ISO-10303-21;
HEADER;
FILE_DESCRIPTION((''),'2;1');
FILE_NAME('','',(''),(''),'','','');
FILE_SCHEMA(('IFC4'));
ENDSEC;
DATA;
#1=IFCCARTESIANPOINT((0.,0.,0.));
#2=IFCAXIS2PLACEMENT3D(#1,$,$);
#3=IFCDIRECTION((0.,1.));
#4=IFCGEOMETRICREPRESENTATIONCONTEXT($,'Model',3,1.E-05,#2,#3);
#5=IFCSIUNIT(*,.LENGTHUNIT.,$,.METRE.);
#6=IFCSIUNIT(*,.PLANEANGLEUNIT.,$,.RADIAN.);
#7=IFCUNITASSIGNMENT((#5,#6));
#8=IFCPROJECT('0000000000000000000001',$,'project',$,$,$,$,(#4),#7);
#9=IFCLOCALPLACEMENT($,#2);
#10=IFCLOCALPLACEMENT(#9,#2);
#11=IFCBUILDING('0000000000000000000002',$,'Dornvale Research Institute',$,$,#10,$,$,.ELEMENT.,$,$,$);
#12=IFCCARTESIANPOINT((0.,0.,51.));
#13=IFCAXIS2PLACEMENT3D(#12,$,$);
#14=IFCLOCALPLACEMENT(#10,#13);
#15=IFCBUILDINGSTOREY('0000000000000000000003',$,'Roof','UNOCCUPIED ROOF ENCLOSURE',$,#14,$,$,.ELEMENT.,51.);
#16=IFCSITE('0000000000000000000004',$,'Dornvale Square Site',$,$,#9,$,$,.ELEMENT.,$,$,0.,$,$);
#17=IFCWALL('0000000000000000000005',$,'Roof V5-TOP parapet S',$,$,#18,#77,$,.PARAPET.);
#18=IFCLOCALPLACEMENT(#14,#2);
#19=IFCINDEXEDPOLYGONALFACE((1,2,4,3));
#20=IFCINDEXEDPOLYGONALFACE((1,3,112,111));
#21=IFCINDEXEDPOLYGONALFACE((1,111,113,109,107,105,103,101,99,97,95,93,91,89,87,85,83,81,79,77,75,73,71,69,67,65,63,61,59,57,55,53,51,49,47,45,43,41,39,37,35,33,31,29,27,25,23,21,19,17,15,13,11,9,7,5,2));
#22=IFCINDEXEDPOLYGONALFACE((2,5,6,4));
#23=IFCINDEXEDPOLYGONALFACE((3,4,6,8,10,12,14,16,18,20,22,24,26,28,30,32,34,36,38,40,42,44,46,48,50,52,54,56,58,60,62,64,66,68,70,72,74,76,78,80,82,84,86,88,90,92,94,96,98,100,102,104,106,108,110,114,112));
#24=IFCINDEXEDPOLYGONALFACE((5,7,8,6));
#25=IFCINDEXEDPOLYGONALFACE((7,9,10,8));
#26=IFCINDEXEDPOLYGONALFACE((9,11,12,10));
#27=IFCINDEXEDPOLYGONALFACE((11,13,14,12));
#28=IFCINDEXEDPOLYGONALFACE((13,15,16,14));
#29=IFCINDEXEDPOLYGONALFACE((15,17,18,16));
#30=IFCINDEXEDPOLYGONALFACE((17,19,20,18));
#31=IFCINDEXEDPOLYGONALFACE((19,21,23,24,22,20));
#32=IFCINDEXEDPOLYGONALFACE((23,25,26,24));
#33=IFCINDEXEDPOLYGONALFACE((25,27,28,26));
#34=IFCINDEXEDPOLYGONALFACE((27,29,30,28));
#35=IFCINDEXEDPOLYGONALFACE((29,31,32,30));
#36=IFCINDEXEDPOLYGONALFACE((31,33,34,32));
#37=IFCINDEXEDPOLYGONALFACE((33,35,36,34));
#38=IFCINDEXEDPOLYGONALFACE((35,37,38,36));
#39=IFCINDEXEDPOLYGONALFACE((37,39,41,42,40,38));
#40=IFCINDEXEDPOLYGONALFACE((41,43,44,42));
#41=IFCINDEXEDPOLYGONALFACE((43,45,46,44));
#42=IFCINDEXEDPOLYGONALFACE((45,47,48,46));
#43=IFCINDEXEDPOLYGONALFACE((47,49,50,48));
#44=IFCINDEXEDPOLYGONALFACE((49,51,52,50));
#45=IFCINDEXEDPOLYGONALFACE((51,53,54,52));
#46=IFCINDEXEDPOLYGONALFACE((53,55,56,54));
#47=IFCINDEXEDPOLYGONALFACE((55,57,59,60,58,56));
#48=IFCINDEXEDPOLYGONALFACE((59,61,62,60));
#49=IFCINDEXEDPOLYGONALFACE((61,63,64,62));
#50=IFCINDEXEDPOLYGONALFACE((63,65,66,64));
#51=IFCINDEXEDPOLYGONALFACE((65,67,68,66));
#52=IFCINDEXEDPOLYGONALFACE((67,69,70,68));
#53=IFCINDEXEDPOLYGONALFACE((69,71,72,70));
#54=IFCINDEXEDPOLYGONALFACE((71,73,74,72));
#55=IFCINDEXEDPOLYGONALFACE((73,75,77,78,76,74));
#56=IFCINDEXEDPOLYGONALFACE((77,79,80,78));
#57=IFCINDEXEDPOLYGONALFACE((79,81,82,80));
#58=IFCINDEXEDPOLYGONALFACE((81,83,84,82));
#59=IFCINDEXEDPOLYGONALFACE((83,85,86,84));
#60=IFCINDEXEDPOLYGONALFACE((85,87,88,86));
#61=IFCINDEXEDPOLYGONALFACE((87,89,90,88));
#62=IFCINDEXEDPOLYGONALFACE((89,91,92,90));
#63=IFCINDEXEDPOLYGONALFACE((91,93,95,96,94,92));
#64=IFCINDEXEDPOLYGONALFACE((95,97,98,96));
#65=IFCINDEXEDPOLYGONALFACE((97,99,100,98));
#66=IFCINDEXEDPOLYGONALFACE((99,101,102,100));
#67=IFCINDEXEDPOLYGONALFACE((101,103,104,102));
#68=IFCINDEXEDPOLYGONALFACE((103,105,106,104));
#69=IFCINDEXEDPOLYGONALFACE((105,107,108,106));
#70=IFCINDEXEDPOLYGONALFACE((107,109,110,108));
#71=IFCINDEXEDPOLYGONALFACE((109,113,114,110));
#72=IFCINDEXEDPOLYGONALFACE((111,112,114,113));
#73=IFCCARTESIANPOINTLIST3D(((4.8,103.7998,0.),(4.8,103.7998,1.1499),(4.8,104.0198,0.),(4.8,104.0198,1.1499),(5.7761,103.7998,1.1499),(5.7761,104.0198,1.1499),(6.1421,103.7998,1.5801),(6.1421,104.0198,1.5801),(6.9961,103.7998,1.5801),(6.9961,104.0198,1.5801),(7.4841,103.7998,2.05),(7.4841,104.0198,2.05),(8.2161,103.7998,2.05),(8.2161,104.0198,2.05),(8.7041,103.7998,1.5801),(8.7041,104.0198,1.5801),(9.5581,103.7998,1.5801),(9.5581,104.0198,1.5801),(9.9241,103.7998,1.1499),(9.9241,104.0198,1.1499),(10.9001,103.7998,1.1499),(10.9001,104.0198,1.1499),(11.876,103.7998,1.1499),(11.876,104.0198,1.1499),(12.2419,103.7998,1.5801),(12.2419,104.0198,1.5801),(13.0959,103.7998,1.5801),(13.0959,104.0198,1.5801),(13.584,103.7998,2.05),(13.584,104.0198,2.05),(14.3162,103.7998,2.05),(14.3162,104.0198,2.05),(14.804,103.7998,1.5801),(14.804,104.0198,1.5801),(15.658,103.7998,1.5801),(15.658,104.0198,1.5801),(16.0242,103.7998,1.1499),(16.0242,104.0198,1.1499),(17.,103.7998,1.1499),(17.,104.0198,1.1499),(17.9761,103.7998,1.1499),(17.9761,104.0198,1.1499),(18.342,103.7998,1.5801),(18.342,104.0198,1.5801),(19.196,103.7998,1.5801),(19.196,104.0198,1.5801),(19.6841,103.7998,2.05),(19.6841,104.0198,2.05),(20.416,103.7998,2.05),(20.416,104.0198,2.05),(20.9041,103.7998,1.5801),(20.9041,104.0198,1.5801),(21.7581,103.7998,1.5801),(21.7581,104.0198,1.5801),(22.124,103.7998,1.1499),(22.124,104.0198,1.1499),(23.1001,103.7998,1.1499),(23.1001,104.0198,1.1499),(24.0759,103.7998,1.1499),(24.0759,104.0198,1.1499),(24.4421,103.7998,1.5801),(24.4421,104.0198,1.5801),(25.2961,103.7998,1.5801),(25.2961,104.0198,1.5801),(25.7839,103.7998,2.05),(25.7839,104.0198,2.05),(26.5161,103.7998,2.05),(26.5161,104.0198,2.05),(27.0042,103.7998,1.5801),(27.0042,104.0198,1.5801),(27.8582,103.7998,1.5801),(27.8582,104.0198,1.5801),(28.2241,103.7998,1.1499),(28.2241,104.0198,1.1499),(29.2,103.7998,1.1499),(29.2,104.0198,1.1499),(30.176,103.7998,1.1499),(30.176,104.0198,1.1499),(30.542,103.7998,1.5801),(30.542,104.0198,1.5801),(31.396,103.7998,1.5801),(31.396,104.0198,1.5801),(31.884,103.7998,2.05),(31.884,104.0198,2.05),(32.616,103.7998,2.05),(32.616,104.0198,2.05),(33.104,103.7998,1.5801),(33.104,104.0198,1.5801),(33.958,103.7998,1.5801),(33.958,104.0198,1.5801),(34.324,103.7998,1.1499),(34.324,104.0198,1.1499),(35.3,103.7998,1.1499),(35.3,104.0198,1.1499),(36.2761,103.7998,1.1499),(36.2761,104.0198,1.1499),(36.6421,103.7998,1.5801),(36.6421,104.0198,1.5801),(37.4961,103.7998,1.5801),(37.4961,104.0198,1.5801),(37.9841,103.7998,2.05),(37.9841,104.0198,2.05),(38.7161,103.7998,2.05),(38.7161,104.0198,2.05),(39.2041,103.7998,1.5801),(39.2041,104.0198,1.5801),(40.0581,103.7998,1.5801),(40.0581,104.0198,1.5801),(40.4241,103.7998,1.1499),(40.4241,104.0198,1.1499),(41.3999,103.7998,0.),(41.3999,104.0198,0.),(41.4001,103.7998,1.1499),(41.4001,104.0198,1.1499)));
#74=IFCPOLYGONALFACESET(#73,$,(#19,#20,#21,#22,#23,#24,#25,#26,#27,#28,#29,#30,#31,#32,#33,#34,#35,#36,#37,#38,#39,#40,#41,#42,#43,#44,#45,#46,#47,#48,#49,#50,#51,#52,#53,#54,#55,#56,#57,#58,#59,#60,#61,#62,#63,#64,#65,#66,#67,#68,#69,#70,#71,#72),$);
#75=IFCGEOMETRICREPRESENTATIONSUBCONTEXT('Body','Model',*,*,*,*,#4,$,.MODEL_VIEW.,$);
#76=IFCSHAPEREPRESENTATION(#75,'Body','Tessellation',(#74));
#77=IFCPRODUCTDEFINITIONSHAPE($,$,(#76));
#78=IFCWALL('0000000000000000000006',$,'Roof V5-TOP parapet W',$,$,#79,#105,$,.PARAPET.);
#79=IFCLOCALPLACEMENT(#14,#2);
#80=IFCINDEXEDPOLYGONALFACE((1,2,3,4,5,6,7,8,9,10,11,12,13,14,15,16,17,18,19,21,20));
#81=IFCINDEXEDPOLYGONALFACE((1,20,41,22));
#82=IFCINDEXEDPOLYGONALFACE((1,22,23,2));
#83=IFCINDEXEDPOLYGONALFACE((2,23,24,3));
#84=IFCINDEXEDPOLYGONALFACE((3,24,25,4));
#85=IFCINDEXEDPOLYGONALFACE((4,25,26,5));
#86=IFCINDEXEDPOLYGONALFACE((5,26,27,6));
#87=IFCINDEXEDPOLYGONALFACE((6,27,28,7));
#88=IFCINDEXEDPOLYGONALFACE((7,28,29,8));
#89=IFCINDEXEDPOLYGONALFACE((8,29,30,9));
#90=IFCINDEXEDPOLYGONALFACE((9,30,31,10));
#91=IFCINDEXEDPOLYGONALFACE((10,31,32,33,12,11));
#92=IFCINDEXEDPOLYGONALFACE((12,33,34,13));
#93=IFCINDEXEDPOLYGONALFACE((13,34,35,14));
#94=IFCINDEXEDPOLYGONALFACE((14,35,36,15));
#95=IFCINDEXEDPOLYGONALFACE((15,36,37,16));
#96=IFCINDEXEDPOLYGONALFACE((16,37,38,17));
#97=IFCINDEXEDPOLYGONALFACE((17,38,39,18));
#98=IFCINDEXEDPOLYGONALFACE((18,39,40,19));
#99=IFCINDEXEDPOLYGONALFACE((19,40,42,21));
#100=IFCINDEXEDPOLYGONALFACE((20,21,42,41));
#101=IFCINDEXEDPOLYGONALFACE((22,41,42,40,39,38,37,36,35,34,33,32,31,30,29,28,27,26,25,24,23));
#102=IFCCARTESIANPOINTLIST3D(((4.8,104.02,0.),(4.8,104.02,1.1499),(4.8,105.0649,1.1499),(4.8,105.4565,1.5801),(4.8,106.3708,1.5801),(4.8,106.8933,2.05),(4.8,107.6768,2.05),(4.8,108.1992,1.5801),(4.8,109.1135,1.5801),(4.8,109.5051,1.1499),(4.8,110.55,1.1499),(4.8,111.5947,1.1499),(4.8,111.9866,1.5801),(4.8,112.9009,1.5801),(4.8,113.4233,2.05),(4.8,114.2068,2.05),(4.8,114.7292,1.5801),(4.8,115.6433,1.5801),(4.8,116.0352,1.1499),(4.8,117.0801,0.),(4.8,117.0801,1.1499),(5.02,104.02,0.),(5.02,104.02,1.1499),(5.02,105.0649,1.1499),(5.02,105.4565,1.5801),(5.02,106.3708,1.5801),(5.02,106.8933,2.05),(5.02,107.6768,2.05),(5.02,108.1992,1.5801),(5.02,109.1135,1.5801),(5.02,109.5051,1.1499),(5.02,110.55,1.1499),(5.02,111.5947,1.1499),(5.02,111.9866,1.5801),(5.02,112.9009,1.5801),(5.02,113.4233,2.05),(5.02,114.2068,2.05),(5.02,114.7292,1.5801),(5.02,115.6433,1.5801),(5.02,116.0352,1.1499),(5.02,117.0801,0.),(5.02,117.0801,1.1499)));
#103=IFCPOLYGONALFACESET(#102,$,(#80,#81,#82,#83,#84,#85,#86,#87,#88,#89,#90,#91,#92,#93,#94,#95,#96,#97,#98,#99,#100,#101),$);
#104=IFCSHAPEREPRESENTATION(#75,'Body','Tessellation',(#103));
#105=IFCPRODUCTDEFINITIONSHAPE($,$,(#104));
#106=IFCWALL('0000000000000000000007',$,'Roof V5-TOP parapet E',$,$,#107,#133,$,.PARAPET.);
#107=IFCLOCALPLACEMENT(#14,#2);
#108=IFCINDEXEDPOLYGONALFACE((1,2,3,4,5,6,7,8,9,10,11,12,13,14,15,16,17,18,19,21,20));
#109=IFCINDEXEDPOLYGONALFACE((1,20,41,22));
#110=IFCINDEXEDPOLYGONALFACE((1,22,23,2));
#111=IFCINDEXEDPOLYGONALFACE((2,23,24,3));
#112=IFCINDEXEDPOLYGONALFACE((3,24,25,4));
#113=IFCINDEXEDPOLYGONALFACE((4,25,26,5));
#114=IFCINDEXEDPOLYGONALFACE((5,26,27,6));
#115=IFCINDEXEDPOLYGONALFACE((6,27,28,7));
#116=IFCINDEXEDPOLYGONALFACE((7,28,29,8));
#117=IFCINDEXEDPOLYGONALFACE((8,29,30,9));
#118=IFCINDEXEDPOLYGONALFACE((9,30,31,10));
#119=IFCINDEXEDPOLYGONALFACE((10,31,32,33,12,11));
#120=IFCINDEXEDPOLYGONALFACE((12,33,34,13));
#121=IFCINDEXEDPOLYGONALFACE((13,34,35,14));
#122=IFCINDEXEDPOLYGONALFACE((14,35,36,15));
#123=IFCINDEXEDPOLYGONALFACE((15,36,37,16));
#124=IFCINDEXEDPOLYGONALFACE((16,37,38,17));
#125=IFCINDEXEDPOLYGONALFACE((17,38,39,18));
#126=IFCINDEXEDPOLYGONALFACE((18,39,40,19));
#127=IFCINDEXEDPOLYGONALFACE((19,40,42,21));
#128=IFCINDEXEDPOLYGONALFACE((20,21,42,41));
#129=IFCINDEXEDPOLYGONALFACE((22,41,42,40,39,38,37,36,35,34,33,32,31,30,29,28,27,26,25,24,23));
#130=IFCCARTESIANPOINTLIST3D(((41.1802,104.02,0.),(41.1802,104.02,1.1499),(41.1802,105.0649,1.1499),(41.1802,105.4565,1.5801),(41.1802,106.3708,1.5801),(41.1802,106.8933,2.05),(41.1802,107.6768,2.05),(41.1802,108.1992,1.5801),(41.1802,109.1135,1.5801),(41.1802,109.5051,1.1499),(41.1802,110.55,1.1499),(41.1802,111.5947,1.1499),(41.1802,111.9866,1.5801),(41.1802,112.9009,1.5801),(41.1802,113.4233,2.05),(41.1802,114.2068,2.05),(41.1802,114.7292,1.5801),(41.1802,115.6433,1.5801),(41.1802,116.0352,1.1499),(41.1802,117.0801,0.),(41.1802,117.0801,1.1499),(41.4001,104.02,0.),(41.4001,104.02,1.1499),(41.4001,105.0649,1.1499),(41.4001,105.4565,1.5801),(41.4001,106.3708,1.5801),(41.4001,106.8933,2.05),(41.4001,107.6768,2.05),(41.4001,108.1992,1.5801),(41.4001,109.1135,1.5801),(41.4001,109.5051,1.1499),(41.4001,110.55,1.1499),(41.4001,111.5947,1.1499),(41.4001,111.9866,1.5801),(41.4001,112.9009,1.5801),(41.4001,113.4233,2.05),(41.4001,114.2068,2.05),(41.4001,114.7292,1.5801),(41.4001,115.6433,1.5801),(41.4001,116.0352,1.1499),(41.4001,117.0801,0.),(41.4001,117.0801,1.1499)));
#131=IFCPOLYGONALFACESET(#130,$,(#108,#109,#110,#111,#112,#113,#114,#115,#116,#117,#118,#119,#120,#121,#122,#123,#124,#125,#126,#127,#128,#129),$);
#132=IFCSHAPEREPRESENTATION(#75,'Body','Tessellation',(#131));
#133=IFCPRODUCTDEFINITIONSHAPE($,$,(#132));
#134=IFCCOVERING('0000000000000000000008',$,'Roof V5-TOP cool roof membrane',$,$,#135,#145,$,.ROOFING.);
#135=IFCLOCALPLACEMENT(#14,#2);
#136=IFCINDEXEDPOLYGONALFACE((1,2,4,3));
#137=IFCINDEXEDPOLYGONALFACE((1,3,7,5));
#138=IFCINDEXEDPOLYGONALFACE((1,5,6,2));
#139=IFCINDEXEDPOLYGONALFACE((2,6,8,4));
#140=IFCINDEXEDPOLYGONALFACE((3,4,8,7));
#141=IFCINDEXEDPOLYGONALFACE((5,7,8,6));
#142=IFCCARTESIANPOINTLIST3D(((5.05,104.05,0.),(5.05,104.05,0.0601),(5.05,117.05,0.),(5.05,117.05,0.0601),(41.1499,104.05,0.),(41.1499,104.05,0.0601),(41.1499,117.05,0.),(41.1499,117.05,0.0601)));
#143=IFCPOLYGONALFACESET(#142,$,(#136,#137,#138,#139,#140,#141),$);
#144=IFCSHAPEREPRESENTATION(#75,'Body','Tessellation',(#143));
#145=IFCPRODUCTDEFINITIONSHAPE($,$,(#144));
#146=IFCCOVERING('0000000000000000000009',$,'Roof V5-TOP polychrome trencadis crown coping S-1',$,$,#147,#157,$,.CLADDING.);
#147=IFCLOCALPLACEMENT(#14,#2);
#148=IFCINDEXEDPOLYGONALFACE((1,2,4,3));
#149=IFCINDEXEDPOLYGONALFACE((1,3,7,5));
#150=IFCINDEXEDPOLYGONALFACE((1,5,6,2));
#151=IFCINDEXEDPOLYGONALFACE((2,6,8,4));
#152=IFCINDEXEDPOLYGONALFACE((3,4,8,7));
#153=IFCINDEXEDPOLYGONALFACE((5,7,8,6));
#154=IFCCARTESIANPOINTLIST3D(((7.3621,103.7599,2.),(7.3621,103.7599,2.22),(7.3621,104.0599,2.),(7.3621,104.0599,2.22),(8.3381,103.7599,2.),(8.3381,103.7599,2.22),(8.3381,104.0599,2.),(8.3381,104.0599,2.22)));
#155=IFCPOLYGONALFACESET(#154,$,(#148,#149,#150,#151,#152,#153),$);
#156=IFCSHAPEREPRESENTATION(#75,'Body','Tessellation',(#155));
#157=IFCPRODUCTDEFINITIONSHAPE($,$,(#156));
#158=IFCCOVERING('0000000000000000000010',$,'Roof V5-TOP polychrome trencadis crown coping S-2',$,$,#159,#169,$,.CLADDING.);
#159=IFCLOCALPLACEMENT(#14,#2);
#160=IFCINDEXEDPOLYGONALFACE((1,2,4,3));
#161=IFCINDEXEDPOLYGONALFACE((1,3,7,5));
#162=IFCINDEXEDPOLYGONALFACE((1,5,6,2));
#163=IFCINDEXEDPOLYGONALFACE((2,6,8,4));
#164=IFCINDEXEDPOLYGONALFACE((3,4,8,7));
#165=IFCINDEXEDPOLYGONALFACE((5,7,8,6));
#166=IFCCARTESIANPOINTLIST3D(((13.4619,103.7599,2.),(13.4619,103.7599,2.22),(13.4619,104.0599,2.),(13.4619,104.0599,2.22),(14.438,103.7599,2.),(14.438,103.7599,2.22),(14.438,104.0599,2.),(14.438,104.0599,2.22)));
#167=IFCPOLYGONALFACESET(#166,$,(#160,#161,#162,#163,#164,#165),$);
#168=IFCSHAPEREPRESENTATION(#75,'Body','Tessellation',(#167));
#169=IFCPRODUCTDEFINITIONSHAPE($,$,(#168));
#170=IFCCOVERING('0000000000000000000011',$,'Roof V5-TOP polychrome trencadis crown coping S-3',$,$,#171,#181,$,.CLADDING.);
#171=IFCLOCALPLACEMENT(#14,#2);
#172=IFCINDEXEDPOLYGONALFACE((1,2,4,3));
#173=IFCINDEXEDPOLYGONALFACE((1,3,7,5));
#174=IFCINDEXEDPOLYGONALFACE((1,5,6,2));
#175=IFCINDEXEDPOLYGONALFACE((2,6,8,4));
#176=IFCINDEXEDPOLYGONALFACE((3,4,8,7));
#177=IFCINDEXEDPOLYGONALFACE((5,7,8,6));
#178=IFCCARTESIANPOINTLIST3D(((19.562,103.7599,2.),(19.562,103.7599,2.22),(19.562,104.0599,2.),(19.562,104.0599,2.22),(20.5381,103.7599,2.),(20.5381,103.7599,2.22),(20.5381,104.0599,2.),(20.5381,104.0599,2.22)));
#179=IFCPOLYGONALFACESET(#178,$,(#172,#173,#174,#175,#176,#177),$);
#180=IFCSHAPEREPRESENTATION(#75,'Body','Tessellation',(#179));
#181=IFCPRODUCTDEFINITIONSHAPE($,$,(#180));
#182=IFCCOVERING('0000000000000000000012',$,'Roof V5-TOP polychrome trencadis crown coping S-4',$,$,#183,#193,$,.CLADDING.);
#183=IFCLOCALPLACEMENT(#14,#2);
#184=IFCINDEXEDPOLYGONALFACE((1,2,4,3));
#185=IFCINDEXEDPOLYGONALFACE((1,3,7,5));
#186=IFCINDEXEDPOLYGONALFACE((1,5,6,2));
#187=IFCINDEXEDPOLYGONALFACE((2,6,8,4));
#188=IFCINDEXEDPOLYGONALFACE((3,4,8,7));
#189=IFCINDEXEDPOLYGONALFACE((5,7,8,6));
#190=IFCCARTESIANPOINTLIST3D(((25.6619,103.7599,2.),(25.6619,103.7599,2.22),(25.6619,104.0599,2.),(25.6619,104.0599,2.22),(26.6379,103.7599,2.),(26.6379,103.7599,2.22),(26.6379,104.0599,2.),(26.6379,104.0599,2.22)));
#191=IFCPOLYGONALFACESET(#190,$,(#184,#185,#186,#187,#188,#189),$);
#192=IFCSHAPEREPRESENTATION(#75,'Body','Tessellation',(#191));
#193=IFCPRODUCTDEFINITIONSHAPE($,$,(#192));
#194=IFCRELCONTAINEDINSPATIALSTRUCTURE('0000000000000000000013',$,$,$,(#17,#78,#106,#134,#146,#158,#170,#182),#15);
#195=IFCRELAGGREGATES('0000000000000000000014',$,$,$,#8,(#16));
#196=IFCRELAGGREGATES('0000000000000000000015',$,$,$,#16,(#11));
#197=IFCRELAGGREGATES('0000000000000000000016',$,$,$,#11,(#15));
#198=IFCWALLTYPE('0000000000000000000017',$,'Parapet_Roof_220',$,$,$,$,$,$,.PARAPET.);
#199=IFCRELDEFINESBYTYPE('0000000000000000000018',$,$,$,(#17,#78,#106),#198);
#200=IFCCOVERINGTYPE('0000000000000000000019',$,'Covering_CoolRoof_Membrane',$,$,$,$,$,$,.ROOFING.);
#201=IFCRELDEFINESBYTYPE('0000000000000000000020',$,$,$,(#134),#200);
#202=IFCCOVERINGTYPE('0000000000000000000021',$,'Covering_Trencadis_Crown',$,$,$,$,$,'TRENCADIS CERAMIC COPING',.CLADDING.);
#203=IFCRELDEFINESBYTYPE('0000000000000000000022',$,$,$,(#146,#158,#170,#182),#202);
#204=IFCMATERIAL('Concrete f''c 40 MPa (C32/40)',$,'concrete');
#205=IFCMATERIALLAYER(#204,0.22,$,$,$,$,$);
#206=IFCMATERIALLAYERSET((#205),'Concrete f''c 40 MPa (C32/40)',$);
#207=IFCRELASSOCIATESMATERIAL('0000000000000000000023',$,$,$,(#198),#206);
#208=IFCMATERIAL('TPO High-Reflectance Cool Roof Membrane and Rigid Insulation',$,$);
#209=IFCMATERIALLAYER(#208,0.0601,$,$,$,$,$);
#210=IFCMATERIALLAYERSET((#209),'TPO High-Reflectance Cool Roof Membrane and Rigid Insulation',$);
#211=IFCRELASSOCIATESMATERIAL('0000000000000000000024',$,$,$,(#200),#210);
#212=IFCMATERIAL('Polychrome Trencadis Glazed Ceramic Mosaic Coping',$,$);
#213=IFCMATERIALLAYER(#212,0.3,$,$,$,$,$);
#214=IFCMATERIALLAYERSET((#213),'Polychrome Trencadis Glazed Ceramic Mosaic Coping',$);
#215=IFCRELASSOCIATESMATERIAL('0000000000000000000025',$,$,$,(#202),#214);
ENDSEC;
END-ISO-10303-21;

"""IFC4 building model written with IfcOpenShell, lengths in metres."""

from ifc_helpers import new_model, si_unit, direction, frame, origin, origin_2d, place, context, subcontext, project, spatial, polyline, rectangle, outline, extrude, material, layer, layer_set, type_object, element, save


model = new_model("IFC4")

# Units and contexts
model_context = context("Model", 3, precision=1e-05, world=origin(), true_north=direction((0.0, 1.0)))
body_context = subcontext(model_context, "Body", "Model", "MODEL_VIEW")
ifc_project = project(units=[si_unit("LENGTHUNIT", "METRE"), si_unit("PLANEANGLEUNIT", "RADIAN")], contexts=[model_context])

# Site, building, storey
site_placement = place(None, origin())
site = spatial("IfcSite", under=ifc_project, at=site_placement, Name="Dornvale Square Site", CompositionType="ELEMENT", RefElevation=0.0)
building_placement = place(site_placement, origin())
building = spatial("IfcBuilding", under=site, at=building_placement, Name="Dornvale Research Institute", CompositionType="ELEMENT")
storey_placement = place(building_placement, frame((0.0, 0.0, 51.0)))
storey = spatial("IfcBuildingStorey", under=building, at=storey_placement, Name="Roof", Description="UNOCCUPIED ROOF ENCLOSURE", CompositionType="ELEMENT", Elevation=51.0)

# Walls
ifc_material_1 = material(Name="Concrete f'c 40 MPa (C32/40)", Category="concrete")
ifc_layer_1 = layer(ifc_material_1, 0.22)
ifc_layer_set_1 = layer_set([ifc_layer_1], Name="Concrete f'c 40 MPa (C32/40)")
wall_type = type_object("IfcWallType", Name="Parapet_Roof_220", PredefinedType="PARAPET", material=ifc_layer_set_1)
wall_placement = place(storey_placement, frame((4.8, 103.9099, 0.0), z_axis=(0.0, 0.0, 1.0), x_axis=(1.0, 0.0, 0.0)))
element("IfcWall", 1, at=wall_placement, inside=storey, type_object=wall_type, Name="Roof V5-TOP parapet S", PredefinedType="PARAPET", context=body_context, shape_type="SweptSolid", body=[
    extrude(outline(polyline([(0.0, 0.0), (36.5999, 0.0), (36.6001, 1.1499), (35.624, 1.1499), (35.2581, 1.5801), (34.4041, 1.5801), (33.916, 2.05), (33.1841, 2.05), (32.696, 1.5801), (31.842, 1.5801), (31.4761, 1.1499), (30.5, 1.1499), (29.5239, 1.1499), (29.158, 1.5801), (28.304, 1.5801), (27.8159, 2.05), (27.084, 2.05), (26.5959, 1.5801), (25.7419, 1.5801), (25.376, 1.1499), (24.3999, 1.1499), (23.4241, 1.1499), (23.0581, 1.5801), (22.2041, 1.5801), (21.7161, 2.05), (20.9839, 2.05), (20.4961, 1.5801), (19.6421, 1.5801), (19.2759, 1.1499), (18.3, 1.1499), (17.324, 1.1499), (16.958, 1.5801), (16.104, 1.5801), (15.616, 2.05), (14.884, 2.05), (14.396, 1.5801), (13.542, 1.5801), (13.176, 1.1499), (12.2, 1.1499), (11.2241, 1.1499), (10.8579, 1.5801), (10.0039, 1.5801), (9.5161, 2.05), (8.7839, 2.05), (8.2959, 1.5801), (7.4419, 1.5801), (7.0759, 1.1499), (6.1001, 1.1499), (5.124, 1.1499), (4.7581, 1.5801), (3.9041, 1.5801), (3.416, 2.05), (2.6841, 2.05), (2.196, 1.5801), (1.342, 1.5801), (0.9761, 1.1499), (0.0, 1.1499), (0.0, 0.0)])), frame((0.0, 0.1099, 0.0), z_axis=(0.0, -1.0, 0.0), x_axis=(1.0, 0.0, 0.0)), (0.0, 0.0, 1.0), 0.22),
])
for number, where, z_axis, x_axis, name in (
    (2, (4.9099, 104.02, 0.0), (0.0, 0.0, 1.0), (0.0, 1.0, 0.0), "Roof V5-TOP parapet W"),
    (3, (41.29, 104.02, 0.0), (0.0, 0.0, 1.0), (0.0, 1.0, 0.0), "Roof V5-TOP parapet E"),
):
    element("IfcWall", number, at=place(storey_placement, frame(where, z_axis=z_axis, x_axis=x_axis)), inside=storey, type_object=wall_type, Name=name, PredefinedType="PARAPET", context=body_context, shape_type="SweptSolid", body=[
        extrude(outline(polyline([(0.0, 0.0), (13.0601, 0.0), (13.0601, 1.1499), (12.0151, 1.1499), (11.6233, 1.5801), (10.7092, 1.5801), (10.1868, 2.05), (9.4033, 2.05), (8.8809, 1.5801), (7.9666, 1.5801), (7.5747, 1.1499), (6.53, 1.1499), (5.4851, 1.1499), (5.0935, 1.5801), (4.1792, 1.5801), (3.6567, 2.05), (2.8733, 2.05), (2.3508, 1.5801), (1.4365, 1.5801), (1.0449, 1.1499), (0.0, 1.1499), (0.0, 0.0)])), frame((0.0, 0.1099, 0.0), z_axis=(0.0, -1.0, 0.0), x_axis=(1.0, 0.0, 0.0)), (0.0, 0.0, 1.0), 0.22),
    ])

# Coverings
ifc_material_2 = material(Name="TPO High-Reflectance Cool Roof Membrane and Rigid Insulation")
ifc_layer_2 = layer(ifc_material_2, 0.0601)
ifc_layer_set_2 = layer_set([ifc_layer_2], Name="TPO High-Reflectance Cool Roof Membrane and Rigid Insulation")
covering_type_1 = type_object("IfcCoveringType", Name="Covering_CoolRoof_Membrane", PredefinedType="ROOFING", material=ifc_layer_set_2)
covering_placement = place(storey_placement, origin())
element("IfcCovering", 4, at=covering_placement, inside=storey, type_object=covering_type_1, Name="Roof V5-TOP cool roof membrane", PredefinedType="ROOFING", context=body_context, shape_type="SweptSolid", body=[
    extrude(outline(polyline([(5.05, 104.05), (41.1499, 104.05), (41.1499, 117.05), (5.05, 117.05), (5.05, 104.05)])), origin(), (0.0, 0.0, 1.0), 0.0601),
])
ifc_material_3 = material(Name="Polychrome Trencadis Glazed Ceramic Mosaic Coping")
ifc_layer_3 = layer(ifc_material_3, 0.3)
ifc_layer_set_3 = layer_set([ifc_layer_3], Name="Polychrome Trencadis Glazed Ceramic Mosaic Coping")
covering_type_2 = type_object("IfcCoveringType", Name="Covering_Trencadis_Crown", ElementType="TRENCADIS CERAMIC COPING", PredefinedType="CLADDING", material=ifc_layer_set_3)
for number, where, z_axis, x_axis, name in (
    (5, (7.8501, 103.9099, 2.0), (0.0, 0.0, 1.0), (1.0, 0.0, 0.0), "Roof V5-TOP polychrome trencadis crown coping S-1"),
    (6, (13.95, 103.9099, 2.0), (0.0, 0.0, 1.0), (1.0, 0.0, 0.0), "Roof V5-TOP polychrome trencadis crown coping S-2"),
    (7, (20.05, 103.9099, 2.0), (0.0, 0.0, 1.0), (1.0, 0.0, 0.0), "Roof V5-TOP polychrome trencadis crown coping S-3"),
    (8, (26.1499, 103.9099, 2.0), (0.0, 0.0, 1.0), (1.0, 0.0, 0.0), "Roof V5-TOP polychrome trencadis crown coping S-4"),
):
    element("IfcCovering", number, at=place(storey_placement, frame(where, z_axis=z_axis, x_axis=x_axis)), inside=storey, type_object=covering_type_2, Name=name, PredefinedType="CLADDING", context=body_context, shape_type="SweptSolid", body=[
        extrude(rectangle(XDim=0.9761, YDim=0.3, at=origin_2d()), origin(), (0.0, 0.0, 1.0), 0.22),
    ])

save(model, "model.ifc")
